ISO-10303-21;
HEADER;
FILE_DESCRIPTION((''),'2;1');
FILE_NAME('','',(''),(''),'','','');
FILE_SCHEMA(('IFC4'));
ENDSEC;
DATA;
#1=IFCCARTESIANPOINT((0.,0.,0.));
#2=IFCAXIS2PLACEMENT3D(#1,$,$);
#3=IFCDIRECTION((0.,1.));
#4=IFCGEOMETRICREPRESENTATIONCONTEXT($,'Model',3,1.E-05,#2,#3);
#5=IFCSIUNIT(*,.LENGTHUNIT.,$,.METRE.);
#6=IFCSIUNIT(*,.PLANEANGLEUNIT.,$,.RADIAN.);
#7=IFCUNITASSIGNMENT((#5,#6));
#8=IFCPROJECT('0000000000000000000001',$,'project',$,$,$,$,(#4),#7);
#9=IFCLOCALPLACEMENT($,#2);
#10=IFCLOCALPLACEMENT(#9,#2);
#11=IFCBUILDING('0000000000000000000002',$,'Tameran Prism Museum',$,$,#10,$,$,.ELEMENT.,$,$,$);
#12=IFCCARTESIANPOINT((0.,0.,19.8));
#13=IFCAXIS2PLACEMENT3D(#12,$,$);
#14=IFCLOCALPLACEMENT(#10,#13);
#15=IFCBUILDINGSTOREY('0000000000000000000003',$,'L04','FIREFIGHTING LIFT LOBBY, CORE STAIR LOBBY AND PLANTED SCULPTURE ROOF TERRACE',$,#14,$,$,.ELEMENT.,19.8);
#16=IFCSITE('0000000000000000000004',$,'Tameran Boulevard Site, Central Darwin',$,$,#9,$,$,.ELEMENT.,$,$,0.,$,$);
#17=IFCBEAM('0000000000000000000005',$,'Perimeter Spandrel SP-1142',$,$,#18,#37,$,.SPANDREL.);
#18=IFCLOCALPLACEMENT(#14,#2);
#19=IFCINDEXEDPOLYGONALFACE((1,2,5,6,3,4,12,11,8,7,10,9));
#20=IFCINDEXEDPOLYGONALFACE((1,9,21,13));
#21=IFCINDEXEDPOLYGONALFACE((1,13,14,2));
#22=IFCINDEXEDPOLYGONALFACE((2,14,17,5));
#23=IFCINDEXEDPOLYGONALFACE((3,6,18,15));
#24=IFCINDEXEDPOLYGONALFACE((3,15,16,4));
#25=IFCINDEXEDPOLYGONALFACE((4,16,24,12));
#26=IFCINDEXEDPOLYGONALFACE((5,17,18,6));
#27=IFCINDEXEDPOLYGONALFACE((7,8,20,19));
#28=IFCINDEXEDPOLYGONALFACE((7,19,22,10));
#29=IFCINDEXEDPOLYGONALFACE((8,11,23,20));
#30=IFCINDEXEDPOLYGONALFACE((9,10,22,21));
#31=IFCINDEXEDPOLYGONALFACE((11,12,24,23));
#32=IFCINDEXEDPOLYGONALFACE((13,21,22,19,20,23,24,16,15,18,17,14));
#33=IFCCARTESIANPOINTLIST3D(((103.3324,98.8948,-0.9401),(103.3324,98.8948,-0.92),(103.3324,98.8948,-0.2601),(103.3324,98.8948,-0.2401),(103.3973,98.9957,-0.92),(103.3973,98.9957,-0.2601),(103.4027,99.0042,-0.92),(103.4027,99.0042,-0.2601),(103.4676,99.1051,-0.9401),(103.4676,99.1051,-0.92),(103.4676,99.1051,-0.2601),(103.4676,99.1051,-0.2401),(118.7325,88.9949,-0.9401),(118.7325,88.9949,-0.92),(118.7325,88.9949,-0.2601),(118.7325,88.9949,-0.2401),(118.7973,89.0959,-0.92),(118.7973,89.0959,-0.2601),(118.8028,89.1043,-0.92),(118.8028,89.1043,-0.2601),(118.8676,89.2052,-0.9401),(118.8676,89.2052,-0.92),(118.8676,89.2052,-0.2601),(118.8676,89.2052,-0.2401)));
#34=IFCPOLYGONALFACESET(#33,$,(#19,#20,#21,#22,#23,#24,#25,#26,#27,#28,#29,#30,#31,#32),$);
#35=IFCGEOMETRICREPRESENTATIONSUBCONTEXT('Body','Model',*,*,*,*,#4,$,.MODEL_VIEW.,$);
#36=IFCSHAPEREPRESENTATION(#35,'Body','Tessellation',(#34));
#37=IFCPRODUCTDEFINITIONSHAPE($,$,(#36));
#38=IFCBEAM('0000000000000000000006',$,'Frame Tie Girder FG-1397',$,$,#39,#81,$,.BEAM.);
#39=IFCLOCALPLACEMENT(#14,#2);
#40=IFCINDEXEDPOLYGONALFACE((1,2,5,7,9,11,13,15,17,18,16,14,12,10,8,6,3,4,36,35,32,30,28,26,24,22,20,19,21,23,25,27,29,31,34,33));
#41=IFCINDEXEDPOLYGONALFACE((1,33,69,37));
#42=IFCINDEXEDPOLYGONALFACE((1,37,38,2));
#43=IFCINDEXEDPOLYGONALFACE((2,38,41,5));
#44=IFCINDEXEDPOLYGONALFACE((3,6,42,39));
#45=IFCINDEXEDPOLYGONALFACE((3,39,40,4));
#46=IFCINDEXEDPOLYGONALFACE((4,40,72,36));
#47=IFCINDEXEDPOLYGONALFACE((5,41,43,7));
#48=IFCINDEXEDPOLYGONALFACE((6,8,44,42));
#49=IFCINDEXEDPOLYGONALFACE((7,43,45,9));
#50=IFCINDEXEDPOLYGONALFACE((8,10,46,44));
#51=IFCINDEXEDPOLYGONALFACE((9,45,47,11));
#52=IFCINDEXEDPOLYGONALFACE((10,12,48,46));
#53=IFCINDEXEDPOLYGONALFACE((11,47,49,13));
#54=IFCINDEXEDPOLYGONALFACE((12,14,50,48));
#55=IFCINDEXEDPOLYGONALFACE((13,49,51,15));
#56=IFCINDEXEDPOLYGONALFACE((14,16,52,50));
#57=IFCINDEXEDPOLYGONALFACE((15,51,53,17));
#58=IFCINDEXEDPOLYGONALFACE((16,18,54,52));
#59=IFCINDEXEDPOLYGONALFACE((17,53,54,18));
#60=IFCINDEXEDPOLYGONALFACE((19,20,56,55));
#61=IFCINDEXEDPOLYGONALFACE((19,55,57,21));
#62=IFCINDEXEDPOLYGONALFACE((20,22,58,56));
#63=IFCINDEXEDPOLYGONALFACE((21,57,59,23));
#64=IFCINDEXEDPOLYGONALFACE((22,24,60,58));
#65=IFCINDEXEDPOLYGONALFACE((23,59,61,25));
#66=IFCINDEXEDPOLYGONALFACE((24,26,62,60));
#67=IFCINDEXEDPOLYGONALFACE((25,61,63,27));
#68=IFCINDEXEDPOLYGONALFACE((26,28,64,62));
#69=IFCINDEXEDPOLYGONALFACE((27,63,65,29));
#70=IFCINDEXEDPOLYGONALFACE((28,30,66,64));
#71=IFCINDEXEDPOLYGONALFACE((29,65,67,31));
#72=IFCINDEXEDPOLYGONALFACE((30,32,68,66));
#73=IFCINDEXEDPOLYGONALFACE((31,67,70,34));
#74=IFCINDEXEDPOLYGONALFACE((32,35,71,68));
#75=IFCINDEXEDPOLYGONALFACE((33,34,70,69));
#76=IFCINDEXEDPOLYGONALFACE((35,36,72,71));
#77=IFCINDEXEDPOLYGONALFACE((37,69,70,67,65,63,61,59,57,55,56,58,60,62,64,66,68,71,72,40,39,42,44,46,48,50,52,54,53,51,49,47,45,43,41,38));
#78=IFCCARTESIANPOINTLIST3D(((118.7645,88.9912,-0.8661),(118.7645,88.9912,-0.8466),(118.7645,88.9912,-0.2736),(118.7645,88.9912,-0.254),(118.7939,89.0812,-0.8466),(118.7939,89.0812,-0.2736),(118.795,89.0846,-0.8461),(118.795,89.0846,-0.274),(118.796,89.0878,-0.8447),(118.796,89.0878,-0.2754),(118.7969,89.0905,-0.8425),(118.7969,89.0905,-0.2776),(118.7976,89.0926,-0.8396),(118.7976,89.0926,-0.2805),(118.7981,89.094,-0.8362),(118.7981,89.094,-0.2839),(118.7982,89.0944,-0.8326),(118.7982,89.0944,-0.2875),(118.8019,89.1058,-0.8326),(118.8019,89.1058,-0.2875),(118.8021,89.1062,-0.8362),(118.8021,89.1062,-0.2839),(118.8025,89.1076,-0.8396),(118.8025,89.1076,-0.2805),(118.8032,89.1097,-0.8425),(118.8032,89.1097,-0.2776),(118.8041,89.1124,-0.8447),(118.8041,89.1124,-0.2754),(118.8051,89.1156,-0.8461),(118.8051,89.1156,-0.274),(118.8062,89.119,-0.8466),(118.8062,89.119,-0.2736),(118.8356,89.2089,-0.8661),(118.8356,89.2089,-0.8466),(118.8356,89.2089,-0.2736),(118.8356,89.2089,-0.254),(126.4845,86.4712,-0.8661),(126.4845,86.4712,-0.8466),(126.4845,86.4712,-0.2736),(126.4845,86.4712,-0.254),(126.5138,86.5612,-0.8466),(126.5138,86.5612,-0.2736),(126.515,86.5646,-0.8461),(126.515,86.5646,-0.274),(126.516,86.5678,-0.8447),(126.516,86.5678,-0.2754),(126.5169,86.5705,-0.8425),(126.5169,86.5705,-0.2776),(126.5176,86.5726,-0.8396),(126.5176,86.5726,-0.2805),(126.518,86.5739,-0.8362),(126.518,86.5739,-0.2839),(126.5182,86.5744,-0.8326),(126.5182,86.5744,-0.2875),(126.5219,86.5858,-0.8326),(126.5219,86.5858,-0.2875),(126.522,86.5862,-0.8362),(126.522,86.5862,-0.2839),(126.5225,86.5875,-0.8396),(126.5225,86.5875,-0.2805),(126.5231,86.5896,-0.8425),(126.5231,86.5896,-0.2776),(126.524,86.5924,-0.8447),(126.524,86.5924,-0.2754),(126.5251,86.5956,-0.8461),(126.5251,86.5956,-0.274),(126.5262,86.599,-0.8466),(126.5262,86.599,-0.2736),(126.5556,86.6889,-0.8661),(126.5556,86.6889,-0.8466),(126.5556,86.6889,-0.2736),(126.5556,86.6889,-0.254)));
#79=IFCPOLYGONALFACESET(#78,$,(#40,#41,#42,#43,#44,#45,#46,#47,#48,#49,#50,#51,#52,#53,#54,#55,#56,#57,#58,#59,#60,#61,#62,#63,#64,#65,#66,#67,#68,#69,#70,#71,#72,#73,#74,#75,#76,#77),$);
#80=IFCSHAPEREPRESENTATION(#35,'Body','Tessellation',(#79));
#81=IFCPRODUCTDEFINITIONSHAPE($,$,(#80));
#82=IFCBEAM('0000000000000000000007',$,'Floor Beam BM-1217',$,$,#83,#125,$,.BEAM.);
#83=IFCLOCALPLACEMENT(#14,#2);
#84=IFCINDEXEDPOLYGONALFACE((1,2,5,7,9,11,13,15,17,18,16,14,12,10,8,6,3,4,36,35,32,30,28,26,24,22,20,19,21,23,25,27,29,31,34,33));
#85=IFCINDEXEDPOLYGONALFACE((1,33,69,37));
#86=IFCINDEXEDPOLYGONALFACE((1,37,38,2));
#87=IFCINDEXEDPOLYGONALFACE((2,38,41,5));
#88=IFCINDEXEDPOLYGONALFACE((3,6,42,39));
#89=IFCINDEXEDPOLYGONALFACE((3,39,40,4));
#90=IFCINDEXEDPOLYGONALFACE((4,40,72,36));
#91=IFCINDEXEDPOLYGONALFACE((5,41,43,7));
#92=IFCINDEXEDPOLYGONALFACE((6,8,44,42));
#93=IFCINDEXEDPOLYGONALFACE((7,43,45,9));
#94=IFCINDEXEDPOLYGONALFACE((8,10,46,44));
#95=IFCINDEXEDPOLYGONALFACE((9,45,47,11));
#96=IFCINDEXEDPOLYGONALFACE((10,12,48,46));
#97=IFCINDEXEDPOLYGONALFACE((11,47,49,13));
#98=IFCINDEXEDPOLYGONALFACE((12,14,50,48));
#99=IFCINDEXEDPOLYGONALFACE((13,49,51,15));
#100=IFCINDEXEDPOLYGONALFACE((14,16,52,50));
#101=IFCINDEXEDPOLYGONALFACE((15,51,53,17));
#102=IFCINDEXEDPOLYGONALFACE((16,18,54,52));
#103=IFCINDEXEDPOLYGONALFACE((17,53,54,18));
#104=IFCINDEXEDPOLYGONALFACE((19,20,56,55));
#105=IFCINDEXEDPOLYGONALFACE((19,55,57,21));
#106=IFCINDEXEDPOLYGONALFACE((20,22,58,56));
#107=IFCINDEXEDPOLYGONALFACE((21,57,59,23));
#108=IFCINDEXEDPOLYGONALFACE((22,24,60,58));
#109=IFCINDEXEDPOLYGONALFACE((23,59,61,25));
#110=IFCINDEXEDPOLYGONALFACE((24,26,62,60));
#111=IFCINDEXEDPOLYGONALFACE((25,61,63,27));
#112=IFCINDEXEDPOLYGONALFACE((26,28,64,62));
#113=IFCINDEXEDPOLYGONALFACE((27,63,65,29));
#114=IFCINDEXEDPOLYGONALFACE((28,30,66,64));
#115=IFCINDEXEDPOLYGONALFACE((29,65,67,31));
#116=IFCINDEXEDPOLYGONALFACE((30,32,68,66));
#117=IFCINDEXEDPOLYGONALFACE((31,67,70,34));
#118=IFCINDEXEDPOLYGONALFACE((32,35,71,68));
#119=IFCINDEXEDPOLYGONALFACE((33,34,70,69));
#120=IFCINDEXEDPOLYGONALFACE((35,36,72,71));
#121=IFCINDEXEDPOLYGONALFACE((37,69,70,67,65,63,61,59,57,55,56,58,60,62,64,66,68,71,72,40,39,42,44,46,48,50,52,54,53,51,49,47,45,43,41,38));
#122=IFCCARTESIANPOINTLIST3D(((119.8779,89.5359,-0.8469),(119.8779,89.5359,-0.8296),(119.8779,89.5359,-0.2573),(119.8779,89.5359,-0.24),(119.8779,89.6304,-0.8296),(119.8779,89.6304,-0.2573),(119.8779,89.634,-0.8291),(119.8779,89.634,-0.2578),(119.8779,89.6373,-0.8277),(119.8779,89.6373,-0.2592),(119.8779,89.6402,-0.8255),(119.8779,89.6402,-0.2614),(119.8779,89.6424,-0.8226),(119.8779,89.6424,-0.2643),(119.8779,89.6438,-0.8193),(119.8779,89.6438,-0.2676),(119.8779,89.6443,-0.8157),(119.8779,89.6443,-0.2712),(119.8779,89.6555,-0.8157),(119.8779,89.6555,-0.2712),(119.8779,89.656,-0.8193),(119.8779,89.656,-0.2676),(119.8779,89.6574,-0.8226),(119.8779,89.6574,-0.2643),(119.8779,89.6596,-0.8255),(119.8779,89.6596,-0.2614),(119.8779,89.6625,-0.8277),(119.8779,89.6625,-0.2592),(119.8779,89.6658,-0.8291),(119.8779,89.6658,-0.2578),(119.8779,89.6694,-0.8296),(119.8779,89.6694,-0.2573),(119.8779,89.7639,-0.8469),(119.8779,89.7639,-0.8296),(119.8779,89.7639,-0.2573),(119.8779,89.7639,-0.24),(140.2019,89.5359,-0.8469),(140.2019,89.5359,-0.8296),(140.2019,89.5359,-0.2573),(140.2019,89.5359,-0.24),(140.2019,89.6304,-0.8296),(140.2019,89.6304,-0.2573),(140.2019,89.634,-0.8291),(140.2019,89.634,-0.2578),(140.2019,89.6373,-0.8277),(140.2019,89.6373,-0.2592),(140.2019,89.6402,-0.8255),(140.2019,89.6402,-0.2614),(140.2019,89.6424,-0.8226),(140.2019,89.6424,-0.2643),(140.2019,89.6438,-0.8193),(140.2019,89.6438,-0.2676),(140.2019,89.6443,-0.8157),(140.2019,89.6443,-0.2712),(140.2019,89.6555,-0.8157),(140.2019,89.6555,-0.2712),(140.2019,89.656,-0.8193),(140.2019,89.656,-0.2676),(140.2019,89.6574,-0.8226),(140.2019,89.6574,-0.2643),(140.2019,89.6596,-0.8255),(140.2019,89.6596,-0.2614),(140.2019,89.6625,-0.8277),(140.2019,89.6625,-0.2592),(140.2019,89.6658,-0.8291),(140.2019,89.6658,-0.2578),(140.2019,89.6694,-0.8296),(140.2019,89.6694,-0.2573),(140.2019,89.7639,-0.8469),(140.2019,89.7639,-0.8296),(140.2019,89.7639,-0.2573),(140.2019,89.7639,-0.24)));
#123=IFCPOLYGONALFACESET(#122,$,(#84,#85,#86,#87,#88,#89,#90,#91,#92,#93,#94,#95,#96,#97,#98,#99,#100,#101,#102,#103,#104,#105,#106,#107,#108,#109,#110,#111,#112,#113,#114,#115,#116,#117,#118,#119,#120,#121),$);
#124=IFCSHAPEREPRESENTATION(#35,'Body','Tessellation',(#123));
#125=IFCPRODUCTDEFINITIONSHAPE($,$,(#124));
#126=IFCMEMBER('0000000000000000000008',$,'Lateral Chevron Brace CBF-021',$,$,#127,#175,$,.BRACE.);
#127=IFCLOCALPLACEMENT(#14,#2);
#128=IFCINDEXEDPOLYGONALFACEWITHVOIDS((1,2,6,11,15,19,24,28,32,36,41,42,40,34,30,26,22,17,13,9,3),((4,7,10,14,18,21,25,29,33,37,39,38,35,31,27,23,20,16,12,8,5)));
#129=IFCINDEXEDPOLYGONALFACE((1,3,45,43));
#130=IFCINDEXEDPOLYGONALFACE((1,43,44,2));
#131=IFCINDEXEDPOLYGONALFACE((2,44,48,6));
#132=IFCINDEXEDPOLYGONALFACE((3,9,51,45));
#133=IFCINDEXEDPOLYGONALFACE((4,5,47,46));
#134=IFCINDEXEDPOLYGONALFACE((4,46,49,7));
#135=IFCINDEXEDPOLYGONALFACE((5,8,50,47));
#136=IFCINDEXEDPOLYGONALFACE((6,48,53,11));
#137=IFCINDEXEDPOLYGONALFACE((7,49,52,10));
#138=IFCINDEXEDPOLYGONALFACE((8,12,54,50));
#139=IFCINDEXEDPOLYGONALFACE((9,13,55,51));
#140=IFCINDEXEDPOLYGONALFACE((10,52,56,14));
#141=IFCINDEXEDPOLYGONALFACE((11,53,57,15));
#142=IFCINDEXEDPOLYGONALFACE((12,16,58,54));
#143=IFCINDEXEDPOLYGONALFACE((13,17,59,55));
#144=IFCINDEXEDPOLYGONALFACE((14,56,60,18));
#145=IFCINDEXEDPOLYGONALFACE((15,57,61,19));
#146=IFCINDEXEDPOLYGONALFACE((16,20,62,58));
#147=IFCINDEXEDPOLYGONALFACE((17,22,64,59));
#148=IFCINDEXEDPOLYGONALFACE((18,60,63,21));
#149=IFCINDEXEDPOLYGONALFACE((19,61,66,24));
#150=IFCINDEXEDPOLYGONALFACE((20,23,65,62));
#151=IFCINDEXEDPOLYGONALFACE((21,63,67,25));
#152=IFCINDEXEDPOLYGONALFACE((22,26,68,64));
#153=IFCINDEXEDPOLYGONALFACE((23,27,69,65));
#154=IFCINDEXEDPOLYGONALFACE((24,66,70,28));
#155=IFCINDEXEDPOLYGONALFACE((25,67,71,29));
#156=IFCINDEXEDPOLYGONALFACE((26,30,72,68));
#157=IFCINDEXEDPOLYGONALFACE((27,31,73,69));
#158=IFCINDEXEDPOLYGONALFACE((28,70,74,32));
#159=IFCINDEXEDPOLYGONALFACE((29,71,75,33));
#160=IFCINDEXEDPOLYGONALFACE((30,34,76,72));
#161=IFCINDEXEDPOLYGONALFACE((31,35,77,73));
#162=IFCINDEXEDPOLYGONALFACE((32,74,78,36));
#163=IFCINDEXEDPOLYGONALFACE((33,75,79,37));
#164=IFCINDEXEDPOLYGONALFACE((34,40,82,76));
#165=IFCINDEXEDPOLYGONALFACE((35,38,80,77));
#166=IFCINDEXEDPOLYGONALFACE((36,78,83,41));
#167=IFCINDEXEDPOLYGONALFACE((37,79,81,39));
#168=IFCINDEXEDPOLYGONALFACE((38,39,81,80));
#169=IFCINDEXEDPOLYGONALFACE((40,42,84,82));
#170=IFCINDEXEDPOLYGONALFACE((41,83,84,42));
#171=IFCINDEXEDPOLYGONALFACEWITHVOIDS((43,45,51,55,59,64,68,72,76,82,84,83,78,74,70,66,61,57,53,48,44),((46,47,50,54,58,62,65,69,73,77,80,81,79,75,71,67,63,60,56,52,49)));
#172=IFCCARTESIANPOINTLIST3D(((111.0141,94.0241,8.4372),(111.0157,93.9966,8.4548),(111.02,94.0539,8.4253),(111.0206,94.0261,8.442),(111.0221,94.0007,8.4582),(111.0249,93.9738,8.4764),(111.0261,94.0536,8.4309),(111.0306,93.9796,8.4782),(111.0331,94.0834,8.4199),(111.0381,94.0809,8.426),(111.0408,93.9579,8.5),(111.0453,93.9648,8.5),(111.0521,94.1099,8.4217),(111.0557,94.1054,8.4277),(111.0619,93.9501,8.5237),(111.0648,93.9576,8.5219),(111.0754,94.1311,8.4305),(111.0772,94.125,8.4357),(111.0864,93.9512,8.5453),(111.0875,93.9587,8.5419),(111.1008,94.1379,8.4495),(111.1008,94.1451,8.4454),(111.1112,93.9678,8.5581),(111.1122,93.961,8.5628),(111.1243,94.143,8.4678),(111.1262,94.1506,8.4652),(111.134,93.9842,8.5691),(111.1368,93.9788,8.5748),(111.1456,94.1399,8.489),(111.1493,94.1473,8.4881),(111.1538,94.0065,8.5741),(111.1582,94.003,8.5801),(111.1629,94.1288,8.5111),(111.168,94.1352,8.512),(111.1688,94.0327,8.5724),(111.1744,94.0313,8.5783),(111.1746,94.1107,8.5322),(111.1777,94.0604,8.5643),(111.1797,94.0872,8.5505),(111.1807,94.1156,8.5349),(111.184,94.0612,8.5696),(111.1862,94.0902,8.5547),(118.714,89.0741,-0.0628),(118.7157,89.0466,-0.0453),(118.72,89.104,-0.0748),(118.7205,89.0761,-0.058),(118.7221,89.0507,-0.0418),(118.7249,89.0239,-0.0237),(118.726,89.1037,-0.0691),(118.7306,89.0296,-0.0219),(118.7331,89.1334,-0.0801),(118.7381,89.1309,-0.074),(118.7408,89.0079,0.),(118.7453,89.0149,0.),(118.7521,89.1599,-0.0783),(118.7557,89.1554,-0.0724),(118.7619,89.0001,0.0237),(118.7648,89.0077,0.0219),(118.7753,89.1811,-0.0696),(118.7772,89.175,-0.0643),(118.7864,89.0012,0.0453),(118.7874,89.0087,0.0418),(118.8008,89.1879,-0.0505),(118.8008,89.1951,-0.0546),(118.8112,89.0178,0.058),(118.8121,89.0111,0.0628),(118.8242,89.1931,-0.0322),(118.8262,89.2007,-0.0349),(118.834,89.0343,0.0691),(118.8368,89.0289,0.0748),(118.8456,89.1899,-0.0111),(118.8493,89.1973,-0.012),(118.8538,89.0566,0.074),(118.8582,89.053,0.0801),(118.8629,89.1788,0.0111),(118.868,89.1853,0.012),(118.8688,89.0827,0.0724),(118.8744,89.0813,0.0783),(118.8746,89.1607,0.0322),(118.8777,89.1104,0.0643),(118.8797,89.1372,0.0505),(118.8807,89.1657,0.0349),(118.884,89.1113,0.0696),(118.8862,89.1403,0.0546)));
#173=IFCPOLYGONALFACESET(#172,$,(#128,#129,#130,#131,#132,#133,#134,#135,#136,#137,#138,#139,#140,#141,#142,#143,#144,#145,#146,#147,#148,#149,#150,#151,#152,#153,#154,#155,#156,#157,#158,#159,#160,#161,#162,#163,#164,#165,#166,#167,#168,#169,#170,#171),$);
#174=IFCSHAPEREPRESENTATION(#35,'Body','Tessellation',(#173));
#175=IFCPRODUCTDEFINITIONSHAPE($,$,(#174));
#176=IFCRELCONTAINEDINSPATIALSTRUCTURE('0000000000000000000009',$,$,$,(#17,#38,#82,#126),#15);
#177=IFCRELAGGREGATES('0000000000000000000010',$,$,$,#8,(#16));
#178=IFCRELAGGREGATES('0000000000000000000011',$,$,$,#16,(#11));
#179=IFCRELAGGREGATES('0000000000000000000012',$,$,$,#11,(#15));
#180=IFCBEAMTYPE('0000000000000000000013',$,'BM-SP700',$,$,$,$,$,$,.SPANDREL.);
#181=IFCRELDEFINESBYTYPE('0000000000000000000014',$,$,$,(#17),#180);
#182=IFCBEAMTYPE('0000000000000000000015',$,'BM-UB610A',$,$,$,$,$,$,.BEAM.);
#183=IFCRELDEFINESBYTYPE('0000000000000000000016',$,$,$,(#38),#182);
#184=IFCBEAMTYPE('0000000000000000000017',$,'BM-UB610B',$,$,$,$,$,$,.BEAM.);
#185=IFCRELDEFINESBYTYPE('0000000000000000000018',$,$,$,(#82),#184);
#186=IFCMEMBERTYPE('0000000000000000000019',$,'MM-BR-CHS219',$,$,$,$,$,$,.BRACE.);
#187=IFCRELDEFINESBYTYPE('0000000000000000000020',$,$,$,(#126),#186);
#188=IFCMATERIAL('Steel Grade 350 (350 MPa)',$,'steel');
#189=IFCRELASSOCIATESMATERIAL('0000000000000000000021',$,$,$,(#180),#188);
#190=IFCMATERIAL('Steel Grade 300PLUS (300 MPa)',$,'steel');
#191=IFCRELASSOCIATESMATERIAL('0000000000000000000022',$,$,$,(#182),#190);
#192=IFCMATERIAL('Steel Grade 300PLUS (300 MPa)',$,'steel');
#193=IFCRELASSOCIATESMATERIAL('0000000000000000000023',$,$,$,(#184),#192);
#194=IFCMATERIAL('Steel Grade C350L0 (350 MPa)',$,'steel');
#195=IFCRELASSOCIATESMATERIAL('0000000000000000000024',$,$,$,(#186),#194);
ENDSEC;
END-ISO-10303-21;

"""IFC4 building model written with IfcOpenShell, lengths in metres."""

from ifc_helpers import new_model, si_unit, direction, frame, origin, origin_2d, place, context, subcontext, project, spatial, hollow_circle, i_section, extrude, material, material_profile, profile_set, type_object, element, save


model = new_model("IFC4")

# Units and contexts
model_context = context("Model", 3, precision=1e-05, world=origin(), true_north=direction((0.0, 1.0)))
body_context = subcontext(model_context, "Body", "Model", "MODEL_VIEW")
ifc_project = project(units=[si_unit("LENGTHUNIT", "METRE"), si_unit("PLANEANGLEUNIT", "RADIAN")], contexts=[model_context])

# Site, building, storey
site_placement = place(None, origin())
site = spatial("IfcSite", under=ifc_project, at=site_placement, Name="Tameran Boulevard Site, Central Darwin", CompositionType="ELEMENT", RefElevation=0.0)
building_placement = place(site_placement, origin())
building = spatial("IfcBuilding", under=site, at=building_placement, Name="Tameran Prism Museum", CompositionType="ELEMENT")
storey_placement = place(building_placement, frame((0.0, 0.0, 19.8)))
storey = spatial("IfcBuildingStorey", under=building, at=storey_placement, Name="L04", Description="FIREFIGHTING LIFT LOBBY, CORE STAIR LOBBY AND PLANTED SCULPTURE ROOF TERRACE", CompositionType="ELEMENT", Elevation=19.8)

# Beams
ifc_material_1 = material(Name="Steel Grade 350 (350 MPa)", Category="steel")
ifc_material_profile_1 = material_profile(ifc_material_1, i_section(OverallWidth=0.25, OverallDepth=0.7, WebThickness=0.01, FlangeThickness=0.02, at=origin_2d()))
ifc_profile_set_1 = profile_set([ifc_material_profile_1])
beam_type_1 = type_object("IfcBeamType", Name="BM-SP700", PredefinedType="SPANDREL", material=ifc_profile_set_1)
beam_1_placement = place(storey_placement, frame((118.8, 89.1001, -0.5901), z_axis=(-0.841183, 0.54075, 0.0), x_axis=(-0.54075, -0.841183, 0.0)))
element("IfcBeam", 1, at=beam_1_placement, inside=storey, type_object=beam_type_1, Name="Perimeter Spandrel SP-1142", PredefinedType="SPANDREL", context=body_context, shape_type="SweptSolid", body=[
    extrude(i_section(OverallWidth=0.25, OverallDepth=0.7, WebThickness=0.01, FlangeThickness=0.02, at=origin_2d()), origin(), (0.0, 0.0, 1.0), 18.3076),
])
ifc_material_2 = material(Name="Steel Grade 300PLUS (300 MPa)", Category="steel")
ifc_material_profile_2 = material_profile(ifc_material_2, i_section(OverallWidth=0.229, OverallDepth=0.6121, WebThickness=0.012, FlangeThickness=0.0195, FilletRadius=0.0139, at=origin_2d()))
ifc_profile_set_2 = profile_set([ifc_material_profile_2])
beam_type_2 = type_object("IfcBeamType", Name="BM-UB610A", PredefinedType="BEAM", material=ifc_profile_set_2)
beam_2_placement = place(storey_placement, frame((126.52, 86.5801, -0.5601), z_axis=(-0.950634, 0.310314, 0.0), x_axis=(-0.310314, -0.950634, 0.0)))
element("IfcBeam", 2, at=beam_2_placement, inside=storey, type_object=beam_type_2, Name="Frame Tie Girder FG-1397", PredefinedType="BEAM", context=body_context, shape_type="SweptSolid", body=[
    extrude(i_section(OverallWidth=0.229, OverallDepth=0.6121, WebThickness=0.012, FlangeThickness=0.0195, FilletRadius=0.0139, at=origin_2d()), origin(), (0.0, 0.0, 1.0), 8.1208),
])
ifc_material_3 = material(Name="Steel Grade 300PLUS (300 MPa)", Category="steel")
ifc_material_profile_3 = material_profile(ifc_material_3, i_section(OverallWidth=0.228, OverallDepth=0.6069, WebThickness=0.0112, FlangeThickness=0.0173, FilletRadius=0.0139, at=origin_2d()))
ifc_profile_set_3 = profile_set([ifc_material_profile_3])
beam_type_3 = type_object("IfcBeamType", Name="BM-UB610B", PredefinedType="BEAM", material=ifc_profile_set_3)
beam_3_placement = place(storey_placement, frame((119.8779, 89.6499, -0.5435), z_axis=(1.0, 0.0, 0.0), x_axis=(0.0, 1.0, 0.0)))
element("IfcBeam", 3, at=beam_3_placement, inside=storey, type_object=beam_type_3, Name="Floor Beam BM-1217", PredefinedType="BEAM", context=body_context, shape_type="SweptSolid", body=[
    extrude(i_section(OverallWidth=0.228, OverallDepth=0.6069, WebThickness=0.0112, FlangeThickness=0.0173, FilletRadius=0.0139, at=origin_2d()), origin(), (0.0, 0.0, 1.0), 20.324),
])

# Member
ifc_material_4 = material(Name="Steel Grade C350L0 (350 MPa)", Category="steel")
ifc_material_profile_4 = material_profile(ifc_material_4, hollow_circle(Radius=0.1096, WallThickness=0.0083, at=origin_2d()))
ifc_profile_set_4 = profile_set([ifc_material_profile_4])
member_type = type_object("IfcMemberType", Name="MM-BR-CHS219", PredefinedType="BRACE", material=ifc_profile_set_4)
member_placement = place(storey_placement, frame((118.8, 89.1001, 0.0), z_axis=(-0.616408, 0.396261, 0.680455), x_axis=(-0.540756, -0.841179, 0.0)))
element("IfcMember", 4, at=member_placement, inside=storey, type_object=member_type, Name="Lateral Chevron Brace CBF-021", PredefinedType="BRACE", context=body_context, shape_type="SweptSolid", body=[
    extrude(hollow_circle(Radius=0.1096, WallThickness=0.0083, at=origin_2d()), origin(), (0.0, 0.0, 1.0), 12.4917),
])

save(model, "model.ifc")
